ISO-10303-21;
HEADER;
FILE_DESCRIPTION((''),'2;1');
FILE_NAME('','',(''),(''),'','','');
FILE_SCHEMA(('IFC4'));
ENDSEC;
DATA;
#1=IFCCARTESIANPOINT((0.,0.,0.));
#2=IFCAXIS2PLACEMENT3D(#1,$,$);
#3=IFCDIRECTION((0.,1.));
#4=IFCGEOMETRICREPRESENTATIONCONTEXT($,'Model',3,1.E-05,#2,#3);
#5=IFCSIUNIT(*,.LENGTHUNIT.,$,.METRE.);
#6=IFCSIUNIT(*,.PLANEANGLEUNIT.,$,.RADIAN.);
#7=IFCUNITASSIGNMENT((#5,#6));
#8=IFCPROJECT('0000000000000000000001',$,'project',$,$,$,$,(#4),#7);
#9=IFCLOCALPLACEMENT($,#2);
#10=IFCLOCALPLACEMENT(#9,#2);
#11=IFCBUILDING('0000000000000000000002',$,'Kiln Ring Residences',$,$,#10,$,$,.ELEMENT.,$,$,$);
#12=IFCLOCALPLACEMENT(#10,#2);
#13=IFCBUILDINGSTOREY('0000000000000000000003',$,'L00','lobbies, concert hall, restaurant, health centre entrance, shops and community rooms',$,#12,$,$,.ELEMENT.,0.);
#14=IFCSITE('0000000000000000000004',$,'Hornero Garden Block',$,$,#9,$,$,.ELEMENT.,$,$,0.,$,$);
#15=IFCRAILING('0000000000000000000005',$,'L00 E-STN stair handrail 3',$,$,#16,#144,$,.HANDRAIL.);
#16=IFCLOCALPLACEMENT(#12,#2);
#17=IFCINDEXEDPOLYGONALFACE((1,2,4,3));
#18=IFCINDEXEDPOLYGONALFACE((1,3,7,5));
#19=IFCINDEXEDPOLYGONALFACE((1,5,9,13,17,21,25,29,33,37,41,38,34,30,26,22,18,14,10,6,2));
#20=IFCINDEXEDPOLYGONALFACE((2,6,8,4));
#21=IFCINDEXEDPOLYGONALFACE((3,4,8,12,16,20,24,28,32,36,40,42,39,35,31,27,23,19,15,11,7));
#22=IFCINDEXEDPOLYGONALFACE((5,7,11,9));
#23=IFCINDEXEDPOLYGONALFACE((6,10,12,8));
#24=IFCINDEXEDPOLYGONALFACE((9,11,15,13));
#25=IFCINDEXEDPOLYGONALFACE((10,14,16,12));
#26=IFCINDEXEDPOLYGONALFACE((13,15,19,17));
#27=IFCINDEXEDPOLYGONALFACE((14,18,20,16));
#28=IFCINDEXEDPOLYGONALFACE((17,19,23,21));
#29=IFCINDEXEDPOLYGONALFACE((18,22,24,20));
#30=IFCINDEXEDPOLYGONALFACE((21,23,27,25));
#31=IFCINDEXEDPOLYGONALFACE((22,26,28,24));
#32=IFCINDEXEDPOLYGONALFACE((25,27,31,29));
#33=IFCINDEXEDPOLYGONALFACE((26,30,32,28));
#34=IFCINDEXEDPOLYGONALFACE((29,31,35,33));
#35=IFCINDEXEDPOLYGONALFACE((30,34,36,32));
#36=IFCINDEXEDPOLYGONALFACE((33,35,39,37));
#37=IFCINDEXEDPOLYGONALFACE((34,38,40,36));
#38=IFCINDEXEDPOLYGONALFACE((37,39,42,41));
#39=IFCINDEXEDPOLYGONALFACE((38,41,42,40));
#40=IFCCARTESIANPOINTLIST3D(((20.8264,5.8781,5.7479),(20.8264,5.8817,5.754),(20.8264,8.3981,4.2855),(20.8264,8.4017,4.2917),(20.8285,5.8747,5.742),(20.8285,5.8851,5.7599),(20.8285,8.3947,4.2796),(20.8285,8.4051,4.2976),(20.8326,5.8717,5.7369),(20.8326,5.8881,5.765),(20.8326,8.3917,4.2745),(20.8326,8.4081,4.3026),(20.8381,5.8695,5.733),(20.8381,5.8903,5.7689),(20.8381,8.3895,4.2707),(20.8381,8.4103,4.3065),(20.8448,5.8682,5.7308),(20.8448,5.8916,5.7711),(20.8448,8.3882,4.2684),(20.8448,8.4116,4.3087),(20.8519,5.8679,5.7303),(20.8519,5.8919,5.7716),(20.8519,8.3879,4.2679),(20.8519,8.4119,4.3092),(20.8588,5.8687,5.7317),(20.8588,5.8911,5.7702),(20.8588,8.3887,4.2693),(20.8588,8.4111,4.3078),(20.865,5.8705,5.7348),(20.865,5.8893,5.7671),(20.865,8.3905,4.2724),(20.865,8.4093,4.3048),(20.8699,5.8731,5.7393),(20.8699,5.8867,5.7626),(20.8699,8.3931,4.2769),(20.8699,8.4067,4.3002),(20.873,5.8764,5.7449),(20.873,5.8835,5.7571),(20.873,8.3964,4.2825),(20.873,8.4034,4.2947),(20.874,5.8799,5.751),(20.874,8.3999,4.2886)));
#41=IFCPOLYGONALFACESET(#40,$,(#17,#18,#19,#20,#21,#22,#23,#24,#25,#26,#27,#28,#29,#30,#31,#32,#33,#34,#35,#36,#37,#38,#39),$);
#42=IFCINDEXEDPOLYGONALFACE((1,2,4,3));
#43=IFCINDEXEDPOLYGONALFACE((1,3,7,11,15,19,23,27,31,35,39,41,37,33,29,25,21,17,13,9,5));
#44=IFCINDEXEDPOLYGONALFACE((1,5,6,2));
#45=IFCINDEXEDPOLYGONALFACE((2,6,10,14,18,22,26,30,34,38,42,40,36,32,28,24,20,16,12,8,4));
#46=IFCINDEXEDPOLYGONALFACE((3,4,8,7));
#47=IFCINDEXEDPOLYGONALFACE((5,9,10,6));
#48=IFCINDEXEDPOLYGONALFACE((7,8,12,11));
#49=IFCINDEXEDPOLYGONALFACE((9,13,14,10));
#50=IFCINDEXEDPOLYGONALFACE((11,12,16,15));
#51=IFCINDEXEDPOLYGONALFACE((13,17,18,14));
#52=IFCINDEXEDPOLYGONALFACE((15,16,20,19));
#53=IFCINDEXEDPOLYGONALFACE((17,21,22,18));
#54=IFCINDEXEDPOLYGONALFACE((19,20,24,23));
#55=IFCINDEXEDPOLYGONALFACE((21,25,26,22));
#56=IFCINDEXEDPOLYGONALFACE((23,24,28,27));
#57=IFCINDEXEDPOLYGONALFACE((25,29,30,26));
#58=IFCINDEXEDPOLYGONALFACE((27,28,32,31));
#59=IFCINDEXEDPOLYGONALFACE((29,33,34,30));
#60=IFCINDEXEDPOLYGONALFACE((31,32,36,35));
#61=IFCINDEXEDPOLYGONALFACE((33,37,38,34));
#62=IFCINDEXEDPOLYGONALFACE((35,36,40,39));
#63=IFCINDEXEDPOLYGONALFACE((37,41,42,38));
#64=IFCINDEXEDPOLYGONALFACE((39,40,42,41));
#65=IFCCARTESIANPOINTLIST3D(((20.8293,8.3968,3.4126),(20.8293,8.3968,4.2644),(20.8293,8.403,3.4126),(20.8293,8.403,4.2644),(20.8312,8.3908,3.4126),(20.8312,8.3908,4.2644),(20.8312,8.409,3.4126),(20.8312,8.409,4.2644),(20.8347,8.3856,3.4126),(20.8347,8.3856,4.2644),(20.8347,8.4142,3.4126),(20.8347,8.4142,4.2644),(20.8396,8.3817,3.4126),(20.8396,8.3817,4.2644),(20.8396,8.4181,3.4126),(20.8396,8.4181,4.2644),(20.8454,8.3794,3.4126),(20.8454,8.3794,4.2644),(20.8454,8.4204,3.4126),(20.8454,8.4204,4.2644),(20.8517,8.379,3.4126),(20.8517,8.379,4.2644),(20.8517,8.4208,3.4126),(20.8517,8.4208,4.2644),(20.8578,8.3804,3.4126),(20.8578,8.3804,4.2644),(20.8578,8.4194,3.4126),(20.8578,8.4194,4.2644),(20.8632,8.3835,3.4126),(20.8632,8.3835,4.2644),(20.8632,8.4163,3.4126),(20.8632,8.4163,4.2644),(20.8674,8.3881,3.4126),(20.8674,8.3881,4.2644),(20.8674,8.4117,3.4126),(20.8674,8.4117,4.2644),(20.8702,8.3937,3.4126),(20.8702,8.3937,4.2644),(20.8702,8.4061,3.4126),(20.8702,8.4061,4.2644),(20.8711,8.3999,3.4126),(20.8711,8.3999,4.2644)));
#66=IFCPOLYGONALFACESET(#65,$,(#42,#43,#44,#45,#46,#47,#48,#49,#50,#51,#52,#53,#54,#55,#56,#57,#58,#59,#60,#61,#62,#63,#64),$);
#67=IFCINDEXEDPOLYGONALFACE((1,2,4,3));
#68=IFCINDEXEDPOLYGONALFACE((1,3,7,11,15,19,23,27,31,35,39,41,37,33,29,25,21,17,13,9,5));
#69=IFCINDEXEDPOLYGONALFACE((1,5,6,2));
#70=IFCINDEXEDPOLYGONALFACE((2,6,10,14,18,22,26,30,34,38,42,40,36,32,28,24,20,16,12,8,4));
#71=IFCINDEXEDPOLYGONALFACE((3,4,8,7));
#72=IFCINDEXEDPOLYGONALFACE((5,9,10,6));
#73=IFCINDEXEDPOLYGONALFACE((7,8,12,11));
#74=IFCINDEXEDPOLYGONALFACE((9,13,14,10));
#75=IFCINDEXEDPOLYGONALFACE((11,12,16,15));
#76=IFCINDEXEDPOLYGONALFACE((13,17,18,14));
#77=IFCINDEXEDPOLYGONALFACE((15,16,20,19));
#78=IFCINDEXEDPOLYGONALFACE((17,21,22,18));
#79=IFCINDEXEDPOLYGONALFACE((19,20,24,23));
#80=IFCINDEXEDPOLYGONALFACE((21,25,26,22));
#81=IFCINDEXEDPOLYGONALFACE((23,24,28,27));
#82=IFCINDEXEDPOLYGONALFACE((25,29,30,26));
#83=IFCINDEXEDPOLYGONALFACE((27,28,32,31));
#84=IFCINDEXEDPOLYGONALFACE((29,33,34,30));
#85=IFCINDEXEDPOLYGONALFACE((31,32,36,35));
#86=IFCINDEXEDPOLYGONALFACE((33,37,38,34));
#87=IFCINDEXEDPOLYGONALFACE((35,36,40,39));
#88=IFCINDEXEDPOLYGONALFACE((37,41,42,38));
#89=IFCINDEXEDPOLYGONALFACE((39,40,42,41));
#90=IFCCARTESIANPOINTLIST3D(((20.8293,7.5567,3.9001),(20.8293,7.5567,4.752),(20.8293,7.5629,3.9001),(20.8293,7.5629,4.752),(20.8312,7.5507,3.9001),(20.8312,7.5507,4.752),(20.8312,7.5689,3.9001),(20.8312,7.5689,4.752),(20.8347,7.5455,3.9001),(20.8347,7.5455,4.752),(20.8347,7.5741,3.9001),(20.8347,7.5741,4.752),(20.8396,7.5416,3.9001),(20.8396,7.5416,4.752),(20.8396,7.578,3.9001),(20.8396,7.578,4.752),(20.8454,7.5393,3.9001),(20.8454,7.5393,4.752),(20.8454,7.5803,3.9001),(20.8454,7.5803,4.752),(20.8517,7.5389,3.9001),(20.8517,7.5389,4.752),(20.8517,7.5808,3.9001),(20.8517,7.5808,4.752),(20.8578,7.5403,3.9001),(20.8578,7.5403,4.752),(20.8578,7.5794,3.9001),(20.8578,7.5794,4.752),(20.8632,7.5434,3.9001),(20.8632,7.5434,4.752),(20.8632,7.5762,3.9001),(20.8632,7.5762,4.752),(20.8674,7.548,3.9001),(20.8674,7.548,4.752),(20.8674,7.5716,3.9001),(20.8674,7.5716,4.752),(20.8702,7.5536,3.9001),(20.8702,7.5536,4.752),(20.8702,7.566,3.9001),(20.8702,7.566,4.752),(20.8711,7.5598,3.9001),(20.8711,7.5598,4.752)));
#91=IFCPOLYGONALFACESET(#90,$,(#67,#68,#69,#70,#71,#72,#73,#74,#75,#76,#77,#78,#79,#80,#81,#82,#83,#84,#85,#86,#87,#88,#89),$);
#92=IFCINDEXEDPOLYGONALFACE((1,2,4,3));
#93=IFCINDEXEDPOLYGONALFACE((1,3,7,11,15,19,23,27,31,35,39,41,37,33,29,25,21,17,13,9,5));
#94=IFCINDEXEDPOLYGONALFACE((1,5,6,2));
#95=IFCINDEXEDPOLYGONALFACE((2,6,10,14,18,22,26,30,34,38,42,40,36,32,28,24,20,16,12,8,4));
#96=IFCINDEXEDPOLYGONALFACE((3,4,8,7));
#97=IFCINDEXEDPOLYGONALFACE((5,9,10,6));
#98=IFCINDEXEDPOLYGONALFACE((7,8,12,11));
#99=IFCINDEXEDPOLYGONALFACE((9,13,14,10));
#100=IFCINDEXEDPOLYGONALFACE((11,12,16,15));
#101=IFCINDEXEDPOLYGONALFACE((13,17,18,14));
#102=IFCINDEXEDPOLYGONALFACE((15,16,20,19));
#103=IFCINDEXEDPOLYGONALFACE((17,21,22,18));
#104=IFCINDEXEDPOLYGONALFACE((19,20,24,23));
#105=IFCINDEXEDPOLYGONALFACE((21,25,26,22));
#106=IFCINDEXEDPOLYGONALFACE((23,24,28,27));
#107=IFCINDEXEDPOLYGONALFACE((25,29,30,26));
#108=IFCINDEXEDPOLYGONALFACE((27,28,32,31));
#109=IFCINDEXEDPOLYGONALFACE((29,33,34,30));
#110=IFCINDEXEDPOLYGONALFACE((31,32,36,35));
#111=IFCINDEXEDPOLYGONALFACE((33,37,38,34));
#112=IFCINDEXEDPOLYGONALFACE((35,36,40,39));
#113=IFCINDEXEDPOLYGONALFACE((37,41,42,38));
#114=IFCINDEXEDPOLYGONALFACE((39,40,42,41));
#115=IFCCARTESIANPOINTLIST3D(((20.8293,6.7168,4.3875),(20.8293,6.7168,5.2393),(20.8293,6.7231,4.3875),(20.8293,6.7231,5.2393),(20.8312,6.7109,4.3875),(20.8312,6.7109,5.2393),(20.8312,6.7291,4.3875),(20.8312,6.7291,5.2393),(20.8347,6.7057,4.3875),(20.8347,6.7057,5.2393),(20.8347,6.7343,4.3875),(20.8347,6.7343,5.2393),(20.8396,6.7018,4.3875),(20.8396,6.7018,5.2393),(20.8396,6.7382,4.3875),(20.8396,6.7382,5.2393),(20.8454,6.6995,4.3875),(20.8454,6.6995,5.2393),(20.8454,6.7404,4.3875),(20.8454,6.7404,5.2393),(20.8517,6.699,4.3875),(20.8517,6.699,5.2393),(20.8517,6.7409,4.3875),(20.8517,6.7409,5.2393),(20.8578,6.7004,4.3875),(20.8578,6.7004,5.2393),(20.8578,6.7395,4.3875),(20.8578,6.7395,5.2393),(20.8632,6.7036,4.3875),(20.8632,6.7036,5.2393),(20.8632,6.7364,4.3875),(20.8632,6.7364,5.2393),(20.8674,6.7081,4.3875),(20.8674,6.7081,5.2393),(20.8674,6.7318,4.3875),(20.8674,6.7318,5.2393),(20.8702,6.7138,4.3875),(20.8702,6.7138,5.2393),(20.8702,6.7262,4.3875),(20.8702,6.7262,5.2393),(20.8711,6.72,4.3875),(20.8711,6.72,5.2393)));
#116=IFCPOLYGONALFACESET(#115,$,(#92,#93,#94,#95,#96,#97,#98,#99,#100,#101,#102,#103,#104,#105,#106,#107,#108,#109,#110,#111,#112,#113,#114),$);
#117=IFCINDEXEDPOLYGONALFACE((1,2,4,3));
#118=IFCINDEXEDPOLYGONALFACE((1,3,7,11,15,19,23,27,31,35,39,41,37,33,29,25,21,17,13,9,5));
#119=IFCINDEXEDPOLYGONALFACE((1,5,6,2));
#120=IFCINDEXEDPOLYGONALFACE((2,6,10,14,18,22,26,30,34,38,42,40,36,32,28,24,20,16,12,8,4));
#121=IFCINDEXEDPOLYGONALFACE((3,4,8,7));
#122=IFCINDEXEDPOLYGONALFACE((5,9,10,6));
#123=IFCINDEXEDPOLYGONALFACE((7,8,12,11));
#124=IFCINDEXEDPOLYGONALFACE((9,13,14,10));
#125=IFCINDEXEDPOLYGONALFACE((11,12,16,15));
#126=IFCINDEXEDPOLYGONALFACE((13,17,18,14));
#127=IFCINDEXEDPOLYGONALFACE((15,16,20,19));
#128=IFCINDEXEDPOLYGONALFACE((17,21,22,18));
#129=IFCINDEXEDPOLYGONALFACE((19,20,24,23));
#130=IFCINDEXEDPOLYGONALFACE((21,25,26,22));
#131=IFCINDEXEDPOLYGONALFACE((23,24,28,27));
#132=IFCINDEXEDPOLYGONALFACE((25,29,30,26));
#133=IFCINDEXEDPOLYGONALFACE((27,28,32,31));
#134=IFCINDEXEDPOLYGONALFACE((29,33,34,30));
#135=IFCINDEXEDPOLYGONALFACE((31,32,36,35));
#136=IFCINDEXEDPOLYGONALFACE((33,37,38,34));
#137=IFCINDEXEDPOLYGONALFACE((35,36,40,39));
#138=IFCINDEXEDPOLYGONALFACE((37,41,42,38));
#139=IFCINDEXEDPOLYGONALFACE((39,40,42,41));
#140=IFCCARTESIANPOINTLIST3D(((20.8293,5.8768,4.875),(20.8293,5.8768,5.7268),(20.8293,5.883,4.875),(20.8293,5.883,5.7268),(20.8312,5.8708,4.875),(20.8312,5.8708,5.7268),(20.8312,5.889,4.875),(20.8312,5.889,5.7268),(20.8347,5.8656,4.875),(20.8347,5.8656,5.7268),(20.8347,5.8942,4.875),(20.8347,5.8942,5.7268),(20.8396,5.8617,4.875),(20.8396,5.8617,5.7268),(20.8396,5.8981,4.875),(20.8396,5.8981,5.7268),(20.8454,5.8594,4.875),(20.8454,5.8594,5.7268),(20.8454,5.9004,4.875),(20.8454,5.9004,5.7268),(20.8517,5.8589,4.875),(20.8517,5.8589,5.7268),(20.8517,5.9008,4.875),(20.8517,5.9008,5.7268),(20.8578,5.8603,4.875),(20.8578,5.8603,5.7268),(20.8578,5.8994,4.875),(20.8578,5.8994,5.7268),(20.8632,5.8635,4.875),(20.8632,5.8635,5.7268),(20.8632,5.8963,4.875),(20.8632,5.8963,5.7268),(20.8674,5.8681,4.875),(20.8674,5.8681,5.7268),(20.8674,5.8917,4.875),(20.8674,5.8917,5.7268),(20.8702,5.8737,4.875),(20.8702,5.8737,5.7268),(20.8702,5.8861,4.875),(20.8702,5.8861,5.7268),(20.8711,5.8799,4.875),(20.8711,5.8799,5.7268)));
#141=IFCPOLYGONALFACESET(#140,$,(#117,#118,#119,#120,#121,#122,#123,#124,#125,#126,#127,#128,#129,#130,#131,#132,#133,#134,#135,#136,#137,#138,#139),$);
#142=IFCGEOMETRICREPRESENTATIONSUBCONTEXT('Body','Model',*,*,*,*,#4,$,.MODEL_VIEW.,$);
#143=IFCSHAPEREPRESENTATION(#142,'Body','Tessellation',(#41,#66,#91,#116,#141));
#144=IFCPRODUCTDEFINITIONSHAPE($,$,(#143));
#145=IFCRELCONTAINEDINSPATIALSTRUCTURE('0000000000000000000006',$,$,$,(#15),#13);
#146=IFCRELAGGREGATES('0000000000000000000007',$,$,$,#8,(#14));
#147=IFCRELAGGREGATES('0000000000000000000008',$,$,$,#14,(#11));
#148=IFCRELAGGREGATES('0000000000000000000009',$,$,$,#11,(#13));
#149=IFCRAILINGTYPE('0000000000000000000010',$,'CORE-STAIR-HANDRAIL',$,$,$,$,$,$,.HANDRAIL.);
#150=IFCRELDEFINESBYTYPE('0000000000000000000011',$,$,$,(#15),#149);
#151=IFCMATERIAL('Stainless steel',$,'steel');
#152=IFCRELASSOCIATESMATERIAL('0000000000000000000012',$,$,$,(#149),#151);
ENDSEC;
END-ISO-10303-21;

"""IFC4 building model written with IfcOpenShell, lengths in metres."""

from ifc_helpers import new_model, si_unit, direction, frame, origin, origin_2d, place, context, subcontext, project, spatial, circle, extrude, material, type_object, element, save


model = new_model("IFC4")

# Units and contexts
model_context = context("Model", 3, precision=1e-05, world=origin(), true_north=direction((0.0, 1.0)))
body_context = subcontext(model_context, "Body", "Model", "MODEL_VIEW")
ifc_project = project(units=[si_unit("LENGTHUNIT", "METRE"), si_unit("PLANEANGLEUNIT", "RADIAN")], contexts=[model_context])

# Site, building, storey
site_placement = place(None, origin())
site = spatial("IfcSite", under=ifc_project, at=site_placement, Name="Hornero Garden Block", CompositionType="ELEMENT", RefElevation=0.0)
building_placement = place(site_placement, origin())
building = spatial("IfcBuilding", under=site, at=building_placement, Name="Kiln Ring Residences", CompositionType="ELEMENT")
storey_placement = place(building_placement, origin())
storey = spatial("IfcBuildingStorey", under=building, at=storey_placement, Name="L00", Description="lobbies, concert hall, restaurant, health centre entrance, shops and community rooms", CompositionType="ELEMENT", Elevation=0.0)

# Railing
ifc_material_1 = material(Name="Stainless steel", Category="steel")
railing_type_1 = type_object("IfcRailingType", Name="CORE-STAIR-HANDRAIL", PredefinedType="HANDRAIL", material=ifc_material_1)
railing_1_placement = place(storey_placement, frame((20.8501, 8.3999, 3.4126)))
element("IfcRailing", 1, at=railing_1_placement, inside=storey, type_object=railing_type_1, Name="L00 E-STN stair handrail 3", PredefinedType="HANDRAIL", context=body_context, shape_type="SweptSolid", body=[
    extrude(circle(Radius=0.0239, at=origin_2d()), frame((0.0, 0.0, 0.876), z_axis=(0.0, -0.864913, 0.501921), x_axis=(1.0, 0.0, 0.0)), (0.0, 0.0, 1.0), 2.9136),
    extrude(circle(Radius=0.021, at=origin_2d()), origin(), (0.0, 0.0, 1.0), 0.8518),
    extrude(circle(Radius=0.021, at=origin_2d()), frame((0.0, -0.8401, 0.4875)), (0.0, 0.0, 1.0), 0.8518),
    extrude(circle(Radius=0.021, at=origin_2d()), frame((0.0, -1.6799, 0.9749)), (0.0, 0.0, 1.0), 0.8518),
    extrude(circle(Radius=0.021, at=origin_2d()), frame((0.0, -2.52, 1.4624)), (0.0, 0.0, 1.0), 0.8518),
])

save(model, "model.ifc")
